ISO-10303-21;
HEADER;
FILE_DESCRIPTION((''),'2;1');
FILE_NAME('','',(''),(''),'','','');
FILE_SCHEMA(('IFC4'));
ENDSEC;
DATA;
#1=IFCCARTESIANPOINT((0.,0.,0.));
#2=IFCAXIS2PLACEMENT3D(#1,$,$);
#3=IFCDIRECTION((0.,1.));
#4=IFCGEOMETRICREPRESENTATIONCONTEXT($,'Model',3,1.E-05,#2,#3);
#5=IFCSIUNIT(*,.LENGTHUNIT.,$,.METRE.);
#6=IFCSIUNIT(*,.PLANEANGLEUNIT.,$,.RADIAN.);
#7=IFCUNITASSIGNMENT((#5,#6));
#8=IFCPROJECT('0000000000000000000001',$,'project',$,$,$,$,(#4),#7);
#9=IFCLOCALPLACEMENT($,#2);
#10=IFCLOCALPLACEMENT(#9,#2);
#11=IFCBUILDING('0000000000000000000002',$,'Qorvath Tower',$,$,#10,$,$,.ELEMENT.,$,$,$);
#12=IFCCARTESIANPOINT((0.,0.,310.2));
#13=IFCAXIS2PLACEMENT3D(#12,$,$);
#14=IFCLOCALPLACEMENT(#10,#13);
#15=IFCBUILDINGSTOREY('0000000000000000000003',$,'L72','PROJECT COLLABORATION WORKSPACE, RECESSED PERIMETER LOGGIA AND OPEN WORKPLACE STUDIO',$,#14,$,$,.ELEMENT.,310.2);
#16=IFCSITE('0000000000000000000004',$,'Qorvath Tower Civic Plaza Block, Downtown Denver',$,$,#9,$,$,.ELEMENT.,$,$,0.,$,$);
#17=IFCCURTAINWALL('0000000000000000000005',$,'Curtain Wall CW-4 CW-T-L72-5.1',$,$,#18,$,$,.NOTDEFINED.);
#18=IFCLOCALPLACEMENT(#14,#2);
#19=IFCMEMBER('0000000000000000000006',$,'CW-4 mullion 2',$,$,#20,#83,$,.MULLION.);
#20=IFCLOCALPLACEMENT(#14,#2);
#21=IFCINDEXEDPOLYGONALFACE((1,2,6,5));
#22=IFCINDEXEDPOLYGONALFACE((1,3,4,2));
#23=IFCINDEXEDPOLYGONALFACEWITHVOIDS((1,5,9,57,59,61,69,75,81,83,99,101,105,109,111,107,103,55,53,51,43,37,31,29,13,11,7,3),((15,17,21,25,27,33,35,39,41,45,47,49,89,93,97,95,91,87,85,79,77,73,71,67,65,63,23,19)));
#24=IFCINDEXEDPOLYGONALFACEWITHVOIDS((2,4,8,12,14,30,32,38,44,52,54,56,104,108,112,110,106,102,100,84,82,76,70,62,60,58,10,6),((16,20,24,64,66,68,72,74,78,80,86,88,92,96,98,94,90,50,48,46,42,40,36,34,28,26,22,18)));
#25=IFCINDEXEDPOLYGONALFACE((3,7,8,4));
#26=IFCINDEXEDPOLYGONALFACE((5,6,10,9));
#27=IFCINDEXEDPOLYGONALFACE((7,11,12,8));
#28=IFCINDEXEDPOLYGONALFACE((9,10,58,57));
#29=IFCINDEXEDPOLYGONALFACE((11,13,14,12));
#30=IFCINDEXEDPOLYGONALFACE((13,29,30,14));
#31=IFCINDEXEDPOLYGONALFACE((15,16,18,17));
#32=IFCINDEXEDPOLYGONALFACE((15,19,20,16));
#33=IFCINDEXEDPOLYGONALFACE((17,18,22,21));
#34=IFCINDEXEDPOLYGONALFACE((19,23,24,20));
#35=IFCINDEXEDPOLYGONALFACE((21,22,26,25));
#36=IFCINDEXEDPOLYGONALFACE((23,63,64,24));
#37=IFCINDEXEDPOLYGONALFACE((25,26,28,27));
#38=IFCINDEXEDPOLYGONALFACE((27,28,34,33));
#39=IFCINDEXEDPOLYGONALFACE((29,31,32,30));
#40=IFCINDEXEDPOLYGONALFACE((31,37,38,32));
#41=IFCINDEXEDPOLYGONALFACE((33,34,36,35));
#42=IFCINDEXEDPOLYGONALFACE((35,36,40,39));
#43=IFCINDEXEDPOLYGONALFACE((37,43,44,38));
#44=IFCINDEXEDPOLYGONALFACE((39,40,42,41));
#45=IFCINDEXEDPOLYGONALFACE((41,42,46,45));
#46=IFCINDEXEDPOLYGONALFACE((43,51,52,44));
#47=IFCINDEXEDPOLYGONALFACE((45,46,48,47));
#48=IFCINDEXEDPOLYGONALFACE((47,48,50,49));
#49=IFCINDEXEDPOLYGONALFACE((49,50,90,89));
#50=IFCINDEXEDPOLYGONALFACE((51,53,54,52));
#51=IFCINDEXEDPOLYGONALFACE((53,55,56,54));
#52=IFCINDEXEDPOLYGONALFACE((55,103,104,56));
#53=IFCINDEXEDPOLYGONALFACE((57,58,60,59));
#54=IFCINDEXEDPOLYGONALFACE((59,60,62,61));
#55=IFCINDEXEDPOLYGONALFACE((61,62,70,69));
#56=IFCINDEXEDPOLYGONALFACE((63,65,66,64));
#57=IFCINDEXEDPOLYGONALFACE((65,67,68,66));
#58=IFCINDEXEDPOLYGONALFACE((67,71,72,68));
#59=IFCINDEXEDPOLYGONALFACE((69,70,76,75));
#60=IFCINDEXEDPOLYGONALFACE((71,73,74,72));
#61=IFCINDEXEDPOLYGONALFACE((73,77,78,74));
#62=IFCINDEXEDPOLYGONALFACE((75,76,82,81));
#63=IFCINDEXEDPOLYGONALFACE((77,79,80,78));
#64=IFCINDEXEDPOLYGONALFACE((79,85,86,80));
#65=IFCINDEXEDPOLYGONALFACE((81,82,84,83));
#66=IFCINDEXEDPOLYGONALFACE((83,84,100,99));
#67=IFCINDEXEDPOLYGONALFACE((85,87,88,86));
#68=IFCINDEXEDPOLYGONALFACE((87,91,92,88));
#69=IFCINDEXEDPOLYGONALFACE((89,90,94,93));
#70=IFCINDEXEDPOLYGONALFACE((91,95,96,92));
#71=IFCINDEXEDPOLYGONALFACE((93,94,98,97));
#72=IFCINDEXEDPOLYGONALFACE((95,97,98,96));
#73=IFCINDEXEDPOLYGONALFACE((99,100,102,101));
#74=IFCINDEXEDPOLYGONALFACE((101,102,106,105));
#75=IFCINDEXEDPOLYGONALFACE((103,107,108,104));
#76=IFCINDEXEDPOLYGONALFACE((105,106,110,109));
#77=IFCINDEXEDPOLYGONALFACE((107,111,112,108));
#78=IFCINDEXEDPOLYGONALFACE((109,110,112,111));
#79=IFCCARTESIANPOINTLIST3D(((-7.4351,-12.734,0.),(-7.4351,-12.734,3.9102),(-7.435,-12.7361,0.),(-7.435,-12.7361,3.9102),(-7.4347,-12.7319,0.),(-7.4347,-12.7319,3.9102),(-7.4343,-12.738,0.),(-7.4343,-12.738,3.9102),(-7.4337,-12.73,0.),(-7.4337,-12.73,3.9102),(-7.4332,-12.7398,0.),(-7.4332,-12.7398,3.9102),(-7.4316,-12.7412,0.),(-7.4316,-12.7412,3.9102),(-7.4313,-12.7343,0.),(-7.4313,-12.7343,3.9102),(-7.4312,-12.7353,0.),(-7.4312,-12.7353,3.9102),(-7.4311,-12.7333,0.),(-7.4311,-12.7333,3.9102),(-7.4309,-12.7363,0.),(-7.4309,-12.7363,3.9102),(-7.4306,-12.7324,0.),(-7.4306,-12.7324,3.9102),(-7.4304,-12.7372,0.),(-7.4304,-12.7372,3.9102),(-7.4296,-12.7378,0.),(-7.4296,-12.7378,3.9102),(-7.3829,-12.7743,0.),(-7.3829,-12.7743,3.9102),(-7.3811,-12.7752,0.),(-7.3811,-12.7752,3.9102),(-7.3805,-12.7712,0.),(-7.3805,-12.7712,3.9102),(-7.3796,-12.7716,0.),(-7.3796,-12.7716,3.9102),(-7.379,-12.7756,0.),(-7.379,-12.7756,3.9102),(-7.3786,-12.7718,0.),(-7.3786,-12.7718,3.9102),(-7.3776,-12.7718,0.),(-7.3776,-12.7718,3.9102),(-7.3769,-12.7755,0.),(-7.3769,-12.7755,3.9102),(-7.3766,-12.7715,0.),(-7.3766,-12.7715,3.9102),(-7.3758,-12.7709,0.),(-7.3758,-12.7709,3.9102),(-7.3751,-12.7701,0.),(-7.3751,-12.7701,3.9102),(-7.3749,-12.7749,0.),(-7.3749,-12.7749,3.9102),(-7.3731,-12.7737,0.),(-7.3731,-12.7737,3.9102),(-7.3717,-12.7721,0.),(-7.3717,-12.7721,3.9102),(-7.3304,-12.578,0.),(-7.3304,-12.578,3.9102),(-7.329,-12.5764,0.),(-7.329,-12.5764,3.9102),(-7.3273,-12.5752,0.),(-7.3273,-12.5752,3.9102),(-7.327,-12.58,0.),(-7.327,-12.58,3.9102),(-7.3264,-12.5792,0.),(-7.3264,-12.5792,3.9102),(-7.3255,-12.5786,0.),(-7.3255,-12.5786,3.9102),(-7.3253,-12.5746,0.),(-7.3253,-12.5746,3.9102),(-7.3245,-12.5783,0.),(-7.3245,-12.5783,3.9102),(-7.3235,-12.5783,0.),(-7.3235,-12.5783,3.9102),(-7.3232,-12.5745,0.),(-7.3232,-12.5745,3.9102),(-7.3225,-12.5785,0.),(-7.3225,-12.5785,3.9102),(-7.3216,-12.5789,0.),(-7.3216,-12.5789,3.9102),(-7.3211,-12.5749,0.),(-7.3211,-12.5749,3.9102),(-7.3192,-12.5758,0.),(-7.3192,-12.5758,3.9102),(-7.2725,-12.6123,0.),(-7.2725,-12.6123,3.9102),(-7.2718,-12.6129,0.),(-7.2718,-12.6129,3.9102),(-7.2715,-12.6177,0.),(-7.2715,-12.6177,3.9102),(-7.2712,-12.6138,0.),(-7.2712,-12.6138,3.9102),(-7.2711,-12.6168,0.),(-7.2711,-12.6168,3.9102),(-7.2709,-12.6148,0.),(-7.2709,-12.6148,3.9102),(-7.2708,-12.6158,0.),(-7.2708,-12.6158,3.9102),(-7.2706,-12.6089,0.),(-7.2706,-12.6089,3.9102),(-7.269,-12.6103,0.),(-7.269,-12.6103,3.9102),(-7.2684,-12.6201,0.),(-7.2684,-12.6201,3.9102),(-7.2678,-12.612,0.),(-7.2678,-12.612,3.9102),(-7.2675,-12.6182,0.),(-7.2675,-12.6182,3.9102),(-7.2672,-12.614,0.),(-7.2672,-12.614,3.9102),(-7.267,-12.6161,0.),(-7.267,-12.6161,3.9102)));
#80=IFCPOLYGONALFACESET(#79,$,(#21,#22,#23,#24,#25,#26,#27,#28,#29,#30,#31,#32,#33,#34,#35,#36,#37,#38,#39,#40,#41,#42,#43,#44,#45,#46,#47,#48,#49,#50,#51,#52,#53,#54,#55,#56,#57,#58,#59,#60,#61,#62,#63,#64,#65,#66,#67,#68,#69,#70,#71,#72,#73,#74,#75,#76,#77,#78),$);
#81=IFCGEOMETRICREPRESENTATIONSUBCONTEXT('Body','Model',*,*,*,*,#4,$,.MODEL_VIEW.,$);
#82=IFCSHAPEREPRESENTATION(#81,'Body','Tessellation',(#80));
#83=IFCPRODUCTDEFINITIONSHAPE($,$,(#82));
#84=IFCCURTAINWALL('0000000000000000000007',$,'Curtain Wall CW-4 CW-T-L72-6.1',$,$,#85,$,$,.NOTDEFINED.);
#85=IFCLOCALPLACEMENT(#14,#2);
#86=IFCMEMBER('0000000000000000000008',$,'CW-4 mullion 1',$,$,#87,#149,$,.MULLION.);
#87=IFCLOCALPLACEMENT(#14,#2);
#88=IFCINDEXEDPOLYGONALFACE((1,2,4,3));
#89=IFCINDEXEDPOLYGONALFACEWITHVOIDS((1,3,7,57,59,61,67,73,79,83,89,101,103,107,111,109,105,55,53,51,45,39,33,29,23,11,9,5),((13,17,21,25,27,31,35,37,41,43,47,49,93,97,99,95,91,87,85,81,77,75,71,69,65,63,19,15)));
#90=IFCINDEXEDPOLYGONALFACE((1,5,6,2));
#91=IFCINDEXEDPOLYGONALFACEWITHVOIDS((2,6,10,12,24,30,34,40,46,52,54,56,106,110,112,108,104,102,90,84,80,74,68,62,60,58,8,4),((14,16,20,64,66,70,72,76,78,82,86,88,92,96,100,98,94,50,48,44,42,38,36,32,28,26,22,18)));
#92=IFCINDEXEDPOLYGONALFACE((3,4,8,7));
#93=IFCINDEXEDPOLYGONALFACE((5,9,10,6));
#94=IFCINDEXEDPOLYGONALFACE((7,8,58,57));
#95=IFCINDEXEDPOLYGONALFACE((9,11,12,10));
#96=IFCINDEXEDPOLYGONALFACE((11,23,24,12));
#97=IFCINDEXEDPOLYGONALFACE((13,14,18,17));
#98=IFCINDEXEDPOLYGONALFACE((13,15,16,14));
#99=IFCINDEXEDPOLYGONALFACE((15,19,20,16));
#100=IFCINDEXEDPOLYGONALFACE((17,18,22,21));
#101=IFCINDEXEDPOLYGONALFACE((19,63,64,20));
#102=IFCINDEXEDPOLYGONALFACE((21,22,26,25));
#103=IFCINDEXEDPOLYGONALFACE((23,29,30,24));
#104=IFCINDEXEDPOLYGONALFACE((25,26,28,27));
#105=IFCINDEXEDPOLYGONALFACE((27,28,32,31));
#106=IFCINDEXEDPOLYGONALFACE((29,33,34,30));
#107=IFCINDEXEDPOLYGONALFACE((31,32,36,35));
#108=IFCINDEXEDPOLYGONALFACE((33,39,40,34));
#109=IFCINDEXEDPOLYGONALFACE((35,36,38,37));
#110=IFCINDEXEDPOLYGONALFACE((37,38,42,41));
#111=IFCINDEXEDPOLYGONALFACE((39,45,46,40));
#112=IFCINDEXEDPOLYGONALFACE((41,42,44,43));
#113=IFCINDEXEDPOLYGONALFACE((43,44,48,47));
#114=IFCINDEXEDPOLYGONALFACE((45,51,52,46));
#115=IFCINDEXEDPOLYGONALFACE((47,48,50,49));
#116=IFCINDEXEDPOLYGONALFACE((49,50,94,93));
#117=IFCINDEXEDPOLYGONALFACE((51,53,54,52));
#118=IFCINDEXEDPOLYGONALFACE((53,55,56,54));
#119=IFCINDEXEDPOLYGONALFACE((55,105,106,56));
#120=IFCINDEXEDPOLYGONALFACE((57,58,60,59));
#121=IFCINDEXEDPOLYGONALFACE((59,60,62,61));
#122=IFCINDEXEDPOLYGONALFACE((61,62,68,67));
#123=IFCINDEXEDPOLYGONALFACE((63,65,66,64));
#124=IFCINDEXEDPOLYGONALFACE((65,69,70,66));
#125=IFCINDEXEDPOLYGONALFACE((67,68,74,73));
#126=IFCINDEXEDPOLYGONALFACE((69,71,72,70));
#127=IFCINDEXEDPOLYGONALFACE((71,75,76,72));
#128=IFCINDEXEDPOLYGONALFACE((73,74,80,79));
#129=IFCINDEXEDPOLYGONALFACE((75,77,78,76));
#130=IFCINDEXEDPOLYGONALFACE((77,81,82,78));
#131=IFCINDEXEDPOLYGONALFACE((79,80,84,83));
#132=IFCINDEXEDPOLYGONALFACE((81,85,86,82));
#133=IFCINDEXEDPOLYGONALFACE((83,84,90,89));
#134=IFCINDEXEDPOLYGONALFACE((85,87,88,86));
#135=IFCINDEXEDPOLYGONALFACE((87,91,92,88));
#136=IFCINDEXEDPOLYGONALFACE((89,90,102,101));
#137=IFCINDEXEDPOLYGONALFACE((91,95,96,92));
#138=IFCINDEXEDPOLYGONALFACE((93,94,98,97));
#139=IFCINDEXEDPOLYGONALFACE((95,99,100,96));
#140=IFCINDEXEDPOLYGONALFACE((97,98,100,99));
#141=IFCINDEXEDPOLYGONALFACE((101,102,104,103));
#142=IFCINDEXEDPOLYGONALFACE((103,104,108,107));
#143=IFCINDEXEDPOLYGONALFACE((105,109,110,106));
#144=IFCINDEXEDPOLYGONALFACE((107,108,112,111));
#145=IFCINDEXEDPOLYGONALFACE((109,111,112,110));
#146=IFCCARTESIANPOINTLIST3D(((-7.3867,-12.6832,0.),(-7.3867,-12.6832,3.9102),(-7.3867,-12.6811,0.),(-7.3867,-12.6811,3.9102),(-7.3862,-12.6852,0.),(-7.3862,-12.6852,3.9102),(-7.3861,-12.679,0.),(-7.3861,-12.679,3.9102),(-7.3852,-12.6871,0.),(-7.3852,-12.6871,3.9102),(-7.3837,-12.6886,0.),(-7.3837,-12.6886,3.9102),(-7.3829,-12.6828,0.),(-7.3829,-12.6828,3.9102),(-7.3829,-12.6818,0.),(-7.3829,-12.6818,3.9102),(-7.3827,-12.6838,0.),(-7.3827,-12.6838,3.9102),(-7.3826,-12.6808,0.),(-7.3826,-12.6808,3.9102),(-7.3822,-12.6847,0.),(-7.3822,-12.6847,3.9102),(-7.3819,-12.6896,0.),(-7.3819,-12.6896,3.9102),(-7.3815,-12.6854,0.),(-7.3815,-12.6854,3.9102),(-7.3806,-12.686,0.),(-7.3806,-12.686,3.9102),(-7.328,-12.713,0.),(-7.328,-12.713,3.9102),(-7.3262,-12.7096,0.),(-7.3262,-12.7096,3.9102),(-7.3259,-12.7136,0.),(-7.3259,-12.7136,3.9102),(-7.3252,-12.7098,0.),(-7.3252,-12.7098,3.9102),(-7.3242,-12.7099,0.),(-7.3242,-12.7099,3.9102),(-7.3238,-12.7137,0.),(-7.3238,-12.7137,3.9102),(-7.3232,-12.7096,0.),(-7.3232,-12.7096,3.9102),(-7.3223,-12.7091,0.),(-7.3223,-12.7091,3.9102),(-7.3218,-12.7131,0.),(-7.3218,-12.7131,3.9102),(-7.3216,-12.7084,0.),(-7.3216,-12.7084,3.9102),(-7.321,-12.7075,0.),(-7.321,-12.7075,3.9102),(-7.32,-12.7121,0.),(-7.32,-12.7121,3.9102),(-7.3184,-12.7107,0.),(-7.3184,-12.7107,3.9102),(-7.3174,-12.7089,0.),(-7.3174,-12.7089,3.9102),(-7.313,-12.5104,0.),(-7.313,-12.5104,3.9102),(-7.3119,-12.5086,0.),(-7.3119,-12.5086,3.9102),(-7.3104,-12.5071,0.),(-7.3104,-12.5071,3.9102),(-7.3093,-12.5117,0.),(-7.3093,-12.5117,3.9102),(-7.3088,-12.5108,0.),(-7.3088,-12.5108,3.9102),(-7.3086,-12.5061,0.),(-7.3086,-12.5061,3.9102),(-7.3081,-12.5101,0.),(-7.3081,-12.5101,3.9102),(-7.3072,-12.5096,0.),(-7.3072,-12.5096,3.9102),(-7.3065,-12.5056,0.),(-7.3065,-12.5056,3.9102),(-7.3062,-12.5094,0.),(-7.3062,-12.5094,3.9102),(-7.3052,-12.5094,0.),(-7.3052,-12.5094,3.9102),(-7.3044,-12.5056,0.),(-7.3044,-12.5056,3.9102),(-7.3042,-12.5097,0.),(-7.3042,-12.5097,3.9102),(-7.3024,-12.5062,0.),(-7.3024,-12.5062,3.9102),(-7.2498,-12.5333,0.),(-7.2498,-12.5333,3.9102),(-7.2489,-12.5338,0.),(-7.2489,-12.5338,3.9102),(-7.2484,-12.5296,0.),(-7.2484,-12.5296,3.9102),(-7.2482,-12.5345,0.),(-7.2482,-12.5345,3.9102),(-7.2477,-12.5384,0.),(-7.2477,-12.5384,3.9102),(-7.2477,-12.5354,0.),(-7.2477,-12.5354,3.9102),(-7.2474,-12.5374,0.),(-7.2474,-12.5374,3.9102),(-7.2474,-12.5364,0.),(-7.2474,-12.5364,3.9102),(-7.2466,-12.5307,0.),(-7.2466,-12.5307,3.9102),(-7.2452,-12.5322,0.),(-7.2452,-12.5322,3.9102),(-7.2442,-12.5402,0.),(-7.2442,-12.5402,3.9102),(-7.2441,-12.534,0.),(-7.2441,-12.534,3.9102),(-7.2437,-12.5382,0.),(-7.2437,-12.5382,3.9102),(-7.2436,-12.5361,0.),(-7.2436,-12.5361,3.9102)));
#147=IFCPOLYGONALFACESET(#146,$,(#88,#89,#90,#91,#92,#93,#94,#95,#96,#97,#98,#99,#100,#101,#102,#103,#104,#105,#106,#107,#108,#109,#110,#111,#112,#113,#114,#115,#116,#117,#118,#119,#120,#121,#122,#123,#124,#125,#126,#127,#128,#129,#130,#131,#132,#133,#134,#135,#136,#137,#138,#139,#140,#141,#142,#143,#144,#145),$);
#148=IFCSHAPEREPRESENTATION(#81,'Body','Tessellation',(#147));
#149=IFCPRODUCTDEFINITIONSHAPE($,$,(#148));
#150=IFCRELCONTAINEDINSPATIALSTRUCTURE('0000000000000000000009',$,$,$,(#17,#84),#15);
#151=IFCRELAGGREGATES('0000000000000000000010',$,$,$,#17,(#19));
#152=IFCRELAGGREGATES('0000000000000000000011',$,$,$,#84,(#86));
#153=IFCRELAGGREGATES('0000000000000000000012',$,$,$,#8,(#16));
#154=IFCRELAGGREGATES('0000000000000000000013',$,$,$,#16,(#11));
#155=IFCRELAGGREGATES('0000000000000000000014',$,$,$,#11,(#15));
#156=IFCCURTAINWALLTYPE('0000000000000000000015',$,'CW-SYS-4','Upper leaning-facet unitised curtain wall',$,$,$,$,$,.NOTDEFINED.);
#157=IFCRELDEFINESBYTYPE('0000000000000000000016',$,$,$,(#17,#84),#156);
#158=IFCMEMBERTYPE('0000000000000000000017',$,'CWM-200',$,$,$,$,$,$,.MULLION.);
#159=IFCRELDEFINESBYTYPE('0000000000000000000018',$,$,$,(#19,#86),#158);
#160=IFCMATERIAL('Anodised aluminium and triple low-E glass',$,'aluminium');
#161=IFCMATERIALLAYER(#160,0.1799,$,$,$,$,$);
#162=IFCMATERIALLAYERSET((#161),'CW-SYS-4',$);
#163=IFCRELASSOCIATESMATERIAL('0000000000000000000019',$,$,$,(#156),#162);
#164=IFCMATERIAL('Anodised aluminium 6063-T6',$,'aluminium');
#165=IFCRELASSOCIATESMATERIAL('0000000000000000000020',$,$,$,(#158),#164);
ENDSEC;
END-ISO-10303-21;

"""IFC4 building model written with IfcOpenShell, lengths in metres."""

from ifc_helpers import new_model, si_unit, direction, frame, origin, origin_2d, place, context, subcontext, project, spatial, hollow_rectangle, extrude, material, layer, layer_set, material_profile, profile_set, type_object, element, aggregate, save


model = new_model("IFC4")

# Units and contexts
model_context = context("Model", 3, precision=1e-05, world=origin(), true_north=direction((0.0, 1.0)))
body_context = subcontext(model_context, "Body", "Model", "MODEL_VIEW")
ifc_project = project(units=[si_unit("LENGTHUNIT", "METRE"), si_unit("PLANEANGLEUNIT", "RADIAN")], contexts=[model_context])

# Site, building, storey
site_placement = place(None, origin())
site = spatial("IfcSite", under=ifc_project, at=site_placement, Name="Qorvath Tower Civic Plaza Block, Downtown Denver", CompositionType="ELEMENT", RefElevation=0.0)
building_placement = place(site_placement, origin())
building = spatial("IfcBuilding", under=site, at=building_placement, Name="Qorvath Tower", CompositionType="ELEMENT")
storey_placement = place(building_placement, frame((0.0, 0.0, 310.2)))
storey = spatial("IfcBuildingStorey", under=building, at=storey_placement, Name="L72", Description="PROJECT COLLABORATION WORKSPACE, RECESSED PERIMETER LOGGIA AND OPEN WORKPLACE STUDIO", CompositionType="ELEMENT", Elevation=310.2)

# Curtain wall, member
ifc_material_1 = material(Name="Anodised aluminium and triple low-E glass", Category="aluminium")
ifc_layer_1 = layer(ifc_material_1, 0.1799)
ifc_layer_set_1 = layer_set([ifc_layer_1], Name="CW-SYS-4")
curtain_wall_type = type_object("IfcCurtainWallType", Name="CW-SYS-4", Description="Upper leaning-facet unitised curtain wall", PredefinedType="NOTDEFINED", material=ifc_layer_set_1)
curtain_wall_1_placement = place(storey_placement, origin())
curtain_wall_1 = element("IfcCurtainWall", 1, at=curtain_wall_1_placement, inside=storey, type_object=curtain_wall_type, Name="Curtain Wall CW-4 CW-T-L72-5.1", PredefinedType="NOTDEFINED")
ifc_material_2 = material(Name="Anodised aluminium 6063-T6", Category="aluminium")
ifc_material_profile_1 = material_profile(ifc_material_2, hollow_rectangle(XDim=0.075, YDim=0.2, WallThickness=0.0039, InnerFilletRadius=0.0039, OuterFilletRadius=0.0081, at=origin_2d()), Name="CWM 200x75")
ifc_profile_set_1 = profile_set([ifc_material_profile_1], Name="Anodised aluminium 6063-T6")
member_type_1 = type_object("IfcMemberType", Name="CWM-200", PredefinedType="MULLION", material=ifc_profile_set_1)
member_1_placement = place(storey_placement, frame((-7.3511, -12.675, 0.0), z_axis=(0.0, 0.0, 1.0), x_axis=(-0.82712, 0.562025, 0.0)))
member_1 = element("IfcMember", 2, at=member_1_placement, type_object=member_type_1, Name="CW-4 mullion 2", PredefinedType="MULLION", context=body_context, shape_type="SweptSolid", body=[
    extrude(hollow_rectangle(XDim=0.075, YDim=0.2, WallThickness=0.0039, InnerFilletRadius=0.0039, OuterFilletRadius=0.0081, at=origin_2d()), origin(), (0.0, 0.0, 1.0), 3.9102),
])
aggregate(curtain_wall_1, [member_1])

# Curtain wall, member
curtain_wall_2_placement = place(storey_placement, origin())
curtain_wall_2 = element("IfcCurtainWall", 3, at=curtain_wall_2_placement, inside=storey, type_object=curtain_wall_type, Name="Curtain Wall CW-4 CW-T-L72-6.1", PredefinedType="NOTDEFINED")
member_2_placement = place(storey_placement, frame((-7.3152, -12.6096, 0.0), z_axis=(0.0, 0.0, 1.0), x_axis=(-0.917487, 0.397765, 0.0)))
member_2 = element("IfcMember", 4, at=member_2_placement, type_object=member_type_1, Name="CW-4 mullion 1", PredefinedType="MULLION", context=body_context, shape_type="SweptSolid", body=[
    extrude(hollow_rectangle(XDim=0.075, YDim=0.2, WallThickness=0.0039, InnerFilletRadius=0.0039, OuterFilletRadius=0.0081, at=origin_2d()), origin(), (0.0, 0.0, 1.0), 3.9102),
])

aggregate(curtain_wall_2, [member_2])

save(model, "model.ifc")
